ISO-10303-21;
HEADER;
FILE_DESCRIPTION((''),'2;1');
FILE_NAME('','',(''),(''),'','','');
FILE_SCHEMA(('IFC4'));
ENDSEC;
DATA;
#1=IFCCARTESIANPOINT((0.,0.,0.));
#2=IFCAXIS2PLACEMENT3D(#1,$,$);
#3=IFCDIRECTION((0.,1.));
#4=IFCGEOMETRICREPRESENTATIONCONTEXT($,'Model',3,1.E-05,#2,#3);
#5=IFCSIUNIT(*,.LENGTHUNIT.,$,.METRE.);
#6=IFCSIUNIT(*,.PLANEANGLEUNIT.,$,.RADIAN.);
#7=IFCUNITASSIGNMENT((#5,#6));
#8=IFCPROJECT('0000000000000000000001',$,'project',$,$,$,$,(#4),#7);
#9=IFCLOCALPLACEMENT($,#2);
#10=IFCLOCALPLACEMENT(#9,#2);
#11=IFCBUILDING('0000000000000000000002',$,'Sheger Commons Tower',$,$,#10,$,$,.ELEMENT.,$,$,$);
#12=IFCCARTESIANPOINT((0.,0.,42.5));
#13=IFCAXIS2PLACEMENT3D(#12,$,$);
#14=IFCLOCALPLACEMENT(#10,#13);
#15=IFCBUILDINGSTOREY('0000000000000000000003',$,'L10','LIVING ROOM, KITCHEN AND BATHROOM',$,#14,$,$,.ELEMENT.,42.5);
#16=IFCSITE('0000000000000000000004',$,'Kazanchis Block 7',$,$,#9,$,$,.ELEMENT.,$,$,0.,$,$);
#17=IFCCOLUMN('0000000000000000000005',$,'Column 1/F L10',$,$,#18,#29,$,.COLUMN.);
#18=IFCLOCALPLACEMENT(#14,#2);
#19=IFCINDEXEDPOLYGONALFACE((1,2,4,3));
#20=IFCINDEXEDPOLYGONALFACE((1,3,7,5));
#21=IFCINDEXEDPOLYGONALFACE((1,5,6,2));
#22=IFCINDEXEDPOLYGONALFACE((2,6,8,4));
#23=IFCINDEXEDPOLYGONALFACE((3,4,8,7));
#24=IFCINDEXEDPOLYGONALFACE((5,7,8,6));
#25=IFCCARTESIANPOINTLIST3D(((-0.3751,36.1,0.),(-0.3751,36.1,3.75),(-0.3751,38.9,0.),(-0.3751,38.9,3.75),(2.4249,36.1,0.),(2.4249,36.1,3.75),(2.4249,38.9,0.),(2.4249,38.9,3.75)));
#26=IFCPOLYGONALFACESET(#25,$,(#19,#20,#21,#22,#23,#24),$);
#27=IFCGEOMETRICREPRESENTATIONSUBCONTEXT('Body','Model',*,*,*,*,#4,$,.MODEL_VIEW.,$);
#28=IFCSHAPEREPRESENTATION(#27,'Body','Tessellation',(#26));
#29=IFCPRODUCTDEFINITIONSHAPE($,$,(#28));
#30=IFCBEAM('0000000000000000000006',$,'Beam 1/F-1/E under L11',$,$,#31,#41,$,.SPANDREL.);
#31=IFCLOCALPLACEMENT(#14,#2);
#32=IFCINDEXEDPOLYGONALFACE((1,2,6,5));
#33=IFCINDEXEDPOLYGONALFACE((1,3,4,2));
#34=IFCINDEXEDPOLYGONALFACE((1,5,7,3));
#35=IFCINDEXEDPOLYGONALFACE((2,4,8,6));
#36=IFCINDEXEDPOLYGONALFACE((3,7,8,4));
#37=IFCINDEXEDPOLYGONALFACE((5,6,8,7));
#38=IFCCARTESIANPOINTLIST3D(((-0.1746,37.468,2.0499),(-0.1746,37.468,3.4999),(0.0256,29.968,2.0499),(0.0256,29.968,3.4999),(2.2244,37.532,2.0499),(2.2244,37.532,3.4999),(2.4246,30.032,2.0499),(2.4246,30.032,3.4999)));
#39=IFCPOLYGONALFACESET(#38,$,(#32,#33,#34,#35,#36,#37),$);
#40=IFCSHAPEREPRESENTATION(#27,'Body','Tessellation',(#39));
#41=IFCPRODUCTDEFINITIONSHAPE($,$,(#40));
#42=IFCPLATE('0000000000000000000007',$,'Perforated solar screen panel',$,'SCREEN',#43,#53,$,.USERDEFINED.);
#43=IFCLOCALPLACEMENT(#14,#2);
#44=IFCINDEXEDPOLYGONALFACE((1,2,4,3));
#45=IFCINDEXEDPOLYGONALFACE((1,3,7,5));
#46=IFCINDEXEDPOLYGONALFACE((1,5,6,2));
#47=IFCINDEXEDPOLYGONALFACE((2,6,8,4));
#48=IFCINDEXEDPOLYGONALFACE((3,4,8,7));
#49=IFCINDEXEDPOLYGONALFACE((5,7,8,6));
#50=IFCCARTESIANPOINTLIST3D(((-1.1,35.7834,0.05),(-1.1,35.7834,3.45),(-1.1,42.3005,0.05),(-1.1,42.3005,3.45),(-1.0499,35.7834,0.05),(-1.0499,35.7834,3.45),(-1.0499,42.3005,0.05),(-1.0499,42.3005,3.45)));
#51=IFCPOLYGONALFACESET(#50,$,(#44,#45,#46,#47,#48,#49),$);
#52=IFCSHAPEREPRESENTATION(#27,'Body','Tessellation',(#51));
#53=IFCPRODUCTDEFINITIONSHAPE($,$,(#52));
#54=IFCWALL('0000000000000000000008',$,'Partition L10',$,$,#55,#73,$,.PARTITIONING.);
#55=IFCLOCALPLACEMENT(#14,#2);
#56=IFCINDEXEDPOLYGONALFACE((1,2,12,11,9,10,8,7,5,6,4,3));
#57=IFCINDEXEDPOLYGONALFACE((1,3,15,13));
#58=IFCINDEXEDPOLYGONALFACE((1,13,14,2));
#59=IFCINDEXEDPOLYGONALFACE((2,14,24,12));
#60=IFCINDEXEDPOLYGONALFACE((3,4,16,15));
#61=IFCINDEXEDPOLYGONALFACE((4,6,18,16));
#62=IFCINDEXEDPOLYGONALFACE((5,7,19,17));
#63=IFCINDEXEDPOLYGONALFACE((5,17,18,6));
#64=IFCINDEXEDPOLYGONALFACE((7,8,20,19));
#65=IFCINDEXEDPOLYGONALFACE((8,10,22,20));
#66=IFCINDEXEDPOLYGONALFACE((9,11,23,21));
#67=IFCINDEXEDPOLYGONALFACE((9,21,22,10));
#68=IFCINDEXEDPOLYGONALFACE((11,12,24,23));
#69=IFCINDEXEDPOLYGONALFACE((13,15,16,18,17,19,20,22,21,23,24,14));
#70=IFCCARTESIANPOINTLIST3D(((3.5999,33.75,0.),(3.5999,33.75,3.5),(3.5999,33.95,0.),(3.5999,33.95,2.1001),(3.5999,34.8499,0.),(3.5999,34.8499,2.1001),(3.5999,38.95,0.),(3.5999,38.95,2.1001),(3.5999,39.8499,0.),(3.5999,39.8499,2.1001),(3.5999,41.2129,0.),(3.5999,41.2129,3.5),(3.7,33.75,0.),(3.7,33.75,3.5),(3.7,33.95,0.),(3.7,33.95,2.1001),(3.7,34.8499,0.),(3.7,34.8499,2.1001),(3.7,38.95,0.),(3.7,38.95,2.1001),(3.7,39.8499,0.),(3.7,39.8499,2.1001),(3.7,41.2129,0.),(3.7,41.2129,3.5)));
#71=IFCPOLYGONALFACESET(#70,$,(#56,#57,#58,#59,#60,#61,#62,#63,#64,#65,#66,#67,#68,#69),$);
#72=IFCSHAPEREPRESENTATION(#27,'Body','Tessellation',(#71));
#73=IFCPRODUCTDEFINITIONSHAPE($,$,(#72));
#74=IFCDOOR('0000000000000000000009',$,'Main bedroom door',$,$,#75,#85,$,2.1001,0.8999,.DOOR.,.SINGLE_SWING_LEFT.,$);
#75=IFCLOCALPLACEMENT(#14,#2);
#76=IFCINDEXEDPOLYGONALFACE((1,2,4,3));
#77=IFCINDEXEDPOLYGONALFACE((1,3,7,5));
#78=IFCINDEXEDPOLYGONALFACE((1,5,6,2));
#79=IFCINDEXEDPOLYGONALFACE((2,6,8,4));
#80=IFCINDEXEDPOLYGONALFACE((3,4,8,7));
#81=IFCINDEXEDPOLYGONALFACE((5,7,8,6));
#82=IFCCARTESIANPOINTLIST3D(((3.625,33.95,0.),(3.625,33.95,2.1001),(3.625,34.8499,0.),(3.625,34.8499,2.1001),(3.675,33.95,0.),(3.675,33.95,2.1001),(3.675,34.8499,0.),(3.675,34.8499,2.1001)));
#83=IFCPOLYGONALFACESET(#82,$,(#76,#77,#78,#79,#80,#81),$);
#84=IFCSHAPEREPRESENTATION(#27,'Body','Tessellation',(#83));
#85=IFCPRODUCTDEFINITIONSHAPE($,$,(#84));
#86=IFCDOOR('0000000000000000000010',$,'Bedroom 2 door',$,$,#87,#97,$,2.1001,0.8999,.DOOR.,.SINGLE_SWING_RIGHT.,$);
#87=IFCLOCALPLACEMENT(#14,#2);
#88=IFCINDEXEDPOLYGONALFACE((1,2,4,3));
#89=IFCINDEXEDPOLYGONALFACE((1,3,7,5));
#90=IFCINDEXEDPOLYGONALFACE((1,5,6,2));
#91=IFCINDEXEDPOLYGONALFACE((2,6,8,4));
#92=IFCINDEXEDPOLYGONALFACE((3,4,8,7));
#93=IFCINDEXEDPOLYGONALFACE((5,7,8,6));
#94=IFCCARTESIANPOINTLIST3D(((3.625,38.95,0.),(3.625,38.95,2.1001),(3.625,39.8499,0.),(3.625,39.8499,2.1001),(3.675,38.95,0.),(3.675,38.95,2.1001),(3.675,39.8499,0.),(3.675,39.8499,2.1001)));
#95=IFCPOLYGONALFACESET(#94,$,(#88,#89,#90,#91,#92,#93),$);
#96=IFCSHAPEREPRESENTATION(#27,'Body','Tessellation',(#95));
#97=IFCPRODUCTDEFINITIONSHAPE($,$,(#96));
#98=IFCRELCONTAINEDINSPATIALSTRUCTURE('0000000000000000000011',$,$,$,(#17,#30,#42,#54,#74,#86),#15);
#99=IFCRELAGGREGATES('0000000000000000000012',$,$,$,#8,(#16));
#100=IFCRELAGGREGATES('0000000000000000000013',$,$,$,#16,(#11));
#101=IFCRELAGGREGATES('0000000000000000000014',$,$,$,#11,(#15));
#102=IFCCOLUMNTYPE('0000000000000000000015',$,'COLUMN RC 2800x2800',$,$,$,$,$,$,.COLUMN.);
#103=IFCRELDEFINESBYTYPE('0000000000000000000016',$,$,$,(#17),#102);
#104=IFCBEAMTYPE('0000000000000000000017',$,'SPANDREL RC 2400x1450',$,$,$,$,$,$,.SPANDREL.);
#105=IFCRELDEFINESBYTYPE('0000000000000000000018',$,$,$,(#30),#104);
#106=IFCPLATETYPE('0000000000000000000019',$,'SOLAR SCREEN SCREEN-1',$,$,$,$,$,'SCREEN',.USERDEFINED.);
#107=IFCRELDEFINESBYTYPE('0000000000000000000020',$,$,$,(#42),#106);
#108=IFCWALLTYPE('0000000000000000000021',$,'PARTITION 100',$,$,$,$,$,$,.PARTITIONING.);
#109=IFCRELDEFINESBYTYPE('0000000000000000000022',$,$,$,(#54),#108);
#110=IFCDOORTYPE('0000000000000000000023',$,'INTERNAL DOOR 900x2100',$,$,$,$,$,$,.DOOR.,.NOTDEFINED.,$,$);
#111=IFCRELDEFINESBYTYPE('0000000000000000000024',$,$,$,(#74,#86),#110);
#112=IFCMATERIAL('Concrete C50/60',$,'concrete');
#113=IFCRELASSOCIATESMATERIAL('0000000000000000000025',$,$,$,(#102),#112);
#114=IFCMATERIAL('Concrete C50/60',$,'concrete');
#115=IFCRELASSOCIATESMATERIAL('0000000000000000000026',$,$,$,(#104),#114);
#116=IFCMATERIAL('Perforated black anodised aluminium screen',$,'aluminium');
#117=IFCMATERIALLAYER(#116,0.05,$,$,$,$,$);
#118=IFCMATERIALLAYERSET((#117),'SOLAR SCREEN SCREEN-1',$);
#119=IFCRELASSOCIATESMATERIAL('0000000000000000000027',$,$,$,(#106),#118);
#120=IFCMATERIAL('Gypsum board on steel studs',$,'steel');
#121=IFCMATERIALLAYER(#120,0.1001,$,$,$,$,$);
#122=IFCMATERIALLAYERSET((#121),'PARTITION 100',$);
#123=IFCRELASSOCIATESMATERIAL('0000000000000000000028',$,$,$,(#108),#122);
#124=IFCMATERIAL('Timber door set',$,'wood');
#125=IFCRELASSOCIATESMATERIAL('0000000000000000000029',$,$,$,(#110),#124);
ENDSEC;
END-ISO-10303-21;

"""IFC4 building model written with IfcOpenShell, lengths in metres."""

from ifc_helpers import new_model, si_unit, direction, frame, frame_2d, origin, origin_2d, place, context, subcontext, project, spatial, rectangle, extrude, material, layer, layer_set, material_profile, profile_set, type_object, element, fill, save


model = new_model("IFC4")

# Units and contexts
model_context = context("Model", 3, precision=1e-05, world=origin(), true_north=direction((0.0, 1.0)))
body_context = subcontext(model_context, "Body", "Model", "MODEL_VIEW")
ifc_project = project(units=[si_unit("LENGTHUNIT", "METRE"), si_unit("PLANEANGLEUNIT", "RADIAN")], contexts=[model_context])

# Site, building, storey
site_placement = place(None, origin())
site = spatial("IfcSite", under=ifc_project, at=site_placement, Name="Kazanchis Block 7", CompositionType="ELEMENT", RefElevation=0.0)
building_placement = place(site_placement, origin())
building = spatial("IfcBuilding", under=site, at=building_placement, Name="Sheger Commons Tower", CompositionType="ELEMENT")
storey_placement = place(building_placement, frame((0.0, 0.0, 42.5)))
storey = spatial("IfcBuildingStorey", under=building, at=storey_placement, Name="L10", Description="LIVING ROOM, KITCHEN AND BATHROOM", CompositionType="ELEMENT", Elevation=42.5)

# Column
ifc_material_1 = material(Name="Concrete C50/60", Category="concrete")
ifc_material_profile_1 = material_profile(ifc_material_1, rectangle(XDim=2.8, YDim=2.8, at=origin_2d()), Name="RC 2800x2800")
ifc_profile_set_1 = profile_set([ifc_material_profile_1], Name="Concrete C50/60")
column_type = type_object("IfcColumnType", Name="COLUMN RC 2800x2800", PredefinedType="COLUMN", material=ifc_profile_set_1)
column_placement = place(storey_placement, frame((1.0249, 37.5, 0.0), z_axis=(0.0, 0.0, 1.0), x_axis=(1.0, 0.0, 0.0)))
element("IfcColumn", 1, at=column_placement, inside=storey, type_object=column_type, Name="Column 1/F L10", PredefinedType="COLUMN", context=body_context, shape_type="SweptSolid", body=[
    extrude(rectangle(XDim=2.8, YDim=2.8, at=origin_2d()), origin(), (0.0, 0.0, 1.0), 3.75),
])

# Beam
ifc_material_2 = material(Name="Concrete C50/60", Category="concrete")
ifc_material_profile_2 = material_profile(ifc_material_2, rectangle(XDim=2.3999, YDim=1.45, at=origin_2d()), Name="RC 2400x1450")
ifc_profile_set_2 = profile_set([ifc_material_profile_2], Name="Concrete C50/60")
beam_type = type_object("IfcBeamType", Name="SPANDREL RC 2400x1450", PredefinedType="SPANDREL", material=ifc_profile_set_2)
beam_placement = place(storey_placement, frame((1.0249, 37.5, 2.7749), z_axis=(0.026683, -0.999644, 0.0), x_axis=(0.999644, 0.026683, 0.0)))
element("IfcBeam", 2, at=beam_placement, inside=storey, type_object=beam_type, Name="Beam 1/F-1/E under L11", PredefinedType="SPANDREL", context=body_context, shape_type="SweptSolid", body=[
    extrude(rectangle(XDim=2.3999, YDim=1.45, at=origin_2d()), origin(), (0.0, 0.0, 1.0), 7.5027),
])

# Plate
ifc_material_3 = material(Name="Perforated black anodised aluminium screen", Category="aluminium")
ifc_layer_1 = layer(ifc_material_3, 0.05)
ifc_layer_set_1 = layer_set([ifc_layer_1], Name="SOLAR SCREEN SCREEN-1")
plate_type = type_object("IfcPlateType", Name="SOLAR SCREEN SCREEN-1", ElementType="SCREEN", PredefinedType="USERDEFINED", material=ifc_layer_set_1)
plate_placement = place(storey_placement, frame((-1.075, 39.042, 0.05), z_axis=(0.0, 0.0, 1.0), x_axis=(0.0, -1.0, 0.0)))
element("IfcPlate", 3, at=plate_placement, inside=storey, type_object=plate_type, Name="Perforated solar screen panel", ObjectType="SCREEN", PredefinedType="USERDEFINED", context=body_context, shape_type="SweptSolid", body=[
    extrude(rectangle(XDim=6.5171, YDim=0.05, at=origin_2d()), origin(), (0.0, 0.0, 1.0), 3.3999),
])

# Wall, openings, doors
ifc_material_4 = material(Name="Gypsum board on steel studs", Category="steel")
ifc_layer_2 = layer(ifc_material_4, 0.1001)
ifc_layer_set_2 = layer_set([ifc_layer_2], Name="PARTITION 100")
wall_type = type_object("IfcWallType", Name="PARTITION 100", PredefinedType="PARTITIONING", material=ifc_layer_set_2)
wall_1_placement = place(storey_placement, frame((3.6499, 33.75, 0.0), z_axis=(0.0, 0.0, 1.0), x_axis=(0.0, 1.0, 0.0)))
wall_1 = element("IfcWall", 4, at=wall_1_placement, inside=storey, type_object=wall_type, Name="Partition L10", PredefinedType="PARTITIONING", context=body_context, shape_type="SweptSolid", body=[
    extrude(rectangle(XDim=7.4629, YDim=0.1001, at=frame_2d((3.7314, 0.0))), origin(), (0.0, 0.0, 1.0), 3.5),
])
opening_1_placement = place(wall_1_placement, frame((0.2, 0.0, 0.0)))
opening_1 = element("IfcOpeningElement", 5, at=opening_1_placement, cuts=wall_1, PredefinedType="OPENING", context=body_context, shape_type="SweptSolid", body=[
    extrude(rectangle(XDim=0.8999, YDim=2.1001, at=frame_2d((0.45, 1.05))), frame((0.0, 0.0601, 0.0), z_axis=(0.0, -1.0, 0.0), x_axis=(1.0, 0.0, 0.0)), (0.0, 0.0, 1.0), 0.1201),
])
opening_2_placement = place(wall_1_placement, frame((5.2, 0.0, 0.0)))
opening_2 = element("IfcOpeningElement", 6, at=opening_2_placement, cuts=wall_1, PredefinedType="OPENING", context=body_context, shape_type="SweptSolid", body=[
    extrude(rectangle(XDim=0.8999, YDim=2.1001, at=frame_2d((0.45, 1.05))), frame((0.0, 0.0601, 0.0), z_axis=(0.0, -1.0, 0.0), x_axis=(1.0, 0.0, 0.0)), (0.0, 0.0, 1.0), 0.1201),
])
ifc_material_5 = material(Name="Timber door set", Category="wood")
door_type = type_object("IfcDoorType", Name="INTERNAL DOOR 900x2100", OperationType="NOTDEFINED", PredefinedType="DOOR", material=ifc_material_5)
door_1_placement = place(opening_1_placement, origin())
door_1 = element("IfcDoor", 7, at=door_1_placement, inside=storey, type_object=door_type, Name="Main bedroom door", OperationType="SINGLE_SWING_LEFT", OverallHeight=2.1001, OverallWidth=0.8999, PredefinedType="DOOR", context=body_context, shape_type="SweptSolid", body=[
    extrude(rectangle(XDim=0.8999, YDim=2.1001, at=frame_2d((0.45, 1.05))), frame((0.0, 0.0249, 0.0), z_axis=(0.0, -1.0, 0.0), x_axis=(1.0, 0.0, 0.0)), (0.0, 0.0, 1.0), 0.05),
])
fill(opening_1, door_1)
door_2_placement = place(opening_2_placement, origin())
door_2 = element("IfcDoor", 8, at=door_2_placement, inside=storey, type_object=door_type, Name="Bedroom 2 door", OperationType="SINGLE_SWING_RIGHT", OverallHeight=2.1001, OverallWidth=0.8999, PredefinedType="DOOR", context=body_context, shape_type="SweptSolid", body=[
    extrude(rectangle(XDim=0.8999, YDim=2.1001, at=frame_2d((0.45, 1.05))), frame((0.0, 0.0249, 0.0), z_axis=(0.0, -1.0, 0.0), x_axis=(1.0, 0.0, 0.0)), (0.0, 0.0, 1.0), 0.05),
])
fill(opening_2, door_2)

save(model, "model.ifc")
